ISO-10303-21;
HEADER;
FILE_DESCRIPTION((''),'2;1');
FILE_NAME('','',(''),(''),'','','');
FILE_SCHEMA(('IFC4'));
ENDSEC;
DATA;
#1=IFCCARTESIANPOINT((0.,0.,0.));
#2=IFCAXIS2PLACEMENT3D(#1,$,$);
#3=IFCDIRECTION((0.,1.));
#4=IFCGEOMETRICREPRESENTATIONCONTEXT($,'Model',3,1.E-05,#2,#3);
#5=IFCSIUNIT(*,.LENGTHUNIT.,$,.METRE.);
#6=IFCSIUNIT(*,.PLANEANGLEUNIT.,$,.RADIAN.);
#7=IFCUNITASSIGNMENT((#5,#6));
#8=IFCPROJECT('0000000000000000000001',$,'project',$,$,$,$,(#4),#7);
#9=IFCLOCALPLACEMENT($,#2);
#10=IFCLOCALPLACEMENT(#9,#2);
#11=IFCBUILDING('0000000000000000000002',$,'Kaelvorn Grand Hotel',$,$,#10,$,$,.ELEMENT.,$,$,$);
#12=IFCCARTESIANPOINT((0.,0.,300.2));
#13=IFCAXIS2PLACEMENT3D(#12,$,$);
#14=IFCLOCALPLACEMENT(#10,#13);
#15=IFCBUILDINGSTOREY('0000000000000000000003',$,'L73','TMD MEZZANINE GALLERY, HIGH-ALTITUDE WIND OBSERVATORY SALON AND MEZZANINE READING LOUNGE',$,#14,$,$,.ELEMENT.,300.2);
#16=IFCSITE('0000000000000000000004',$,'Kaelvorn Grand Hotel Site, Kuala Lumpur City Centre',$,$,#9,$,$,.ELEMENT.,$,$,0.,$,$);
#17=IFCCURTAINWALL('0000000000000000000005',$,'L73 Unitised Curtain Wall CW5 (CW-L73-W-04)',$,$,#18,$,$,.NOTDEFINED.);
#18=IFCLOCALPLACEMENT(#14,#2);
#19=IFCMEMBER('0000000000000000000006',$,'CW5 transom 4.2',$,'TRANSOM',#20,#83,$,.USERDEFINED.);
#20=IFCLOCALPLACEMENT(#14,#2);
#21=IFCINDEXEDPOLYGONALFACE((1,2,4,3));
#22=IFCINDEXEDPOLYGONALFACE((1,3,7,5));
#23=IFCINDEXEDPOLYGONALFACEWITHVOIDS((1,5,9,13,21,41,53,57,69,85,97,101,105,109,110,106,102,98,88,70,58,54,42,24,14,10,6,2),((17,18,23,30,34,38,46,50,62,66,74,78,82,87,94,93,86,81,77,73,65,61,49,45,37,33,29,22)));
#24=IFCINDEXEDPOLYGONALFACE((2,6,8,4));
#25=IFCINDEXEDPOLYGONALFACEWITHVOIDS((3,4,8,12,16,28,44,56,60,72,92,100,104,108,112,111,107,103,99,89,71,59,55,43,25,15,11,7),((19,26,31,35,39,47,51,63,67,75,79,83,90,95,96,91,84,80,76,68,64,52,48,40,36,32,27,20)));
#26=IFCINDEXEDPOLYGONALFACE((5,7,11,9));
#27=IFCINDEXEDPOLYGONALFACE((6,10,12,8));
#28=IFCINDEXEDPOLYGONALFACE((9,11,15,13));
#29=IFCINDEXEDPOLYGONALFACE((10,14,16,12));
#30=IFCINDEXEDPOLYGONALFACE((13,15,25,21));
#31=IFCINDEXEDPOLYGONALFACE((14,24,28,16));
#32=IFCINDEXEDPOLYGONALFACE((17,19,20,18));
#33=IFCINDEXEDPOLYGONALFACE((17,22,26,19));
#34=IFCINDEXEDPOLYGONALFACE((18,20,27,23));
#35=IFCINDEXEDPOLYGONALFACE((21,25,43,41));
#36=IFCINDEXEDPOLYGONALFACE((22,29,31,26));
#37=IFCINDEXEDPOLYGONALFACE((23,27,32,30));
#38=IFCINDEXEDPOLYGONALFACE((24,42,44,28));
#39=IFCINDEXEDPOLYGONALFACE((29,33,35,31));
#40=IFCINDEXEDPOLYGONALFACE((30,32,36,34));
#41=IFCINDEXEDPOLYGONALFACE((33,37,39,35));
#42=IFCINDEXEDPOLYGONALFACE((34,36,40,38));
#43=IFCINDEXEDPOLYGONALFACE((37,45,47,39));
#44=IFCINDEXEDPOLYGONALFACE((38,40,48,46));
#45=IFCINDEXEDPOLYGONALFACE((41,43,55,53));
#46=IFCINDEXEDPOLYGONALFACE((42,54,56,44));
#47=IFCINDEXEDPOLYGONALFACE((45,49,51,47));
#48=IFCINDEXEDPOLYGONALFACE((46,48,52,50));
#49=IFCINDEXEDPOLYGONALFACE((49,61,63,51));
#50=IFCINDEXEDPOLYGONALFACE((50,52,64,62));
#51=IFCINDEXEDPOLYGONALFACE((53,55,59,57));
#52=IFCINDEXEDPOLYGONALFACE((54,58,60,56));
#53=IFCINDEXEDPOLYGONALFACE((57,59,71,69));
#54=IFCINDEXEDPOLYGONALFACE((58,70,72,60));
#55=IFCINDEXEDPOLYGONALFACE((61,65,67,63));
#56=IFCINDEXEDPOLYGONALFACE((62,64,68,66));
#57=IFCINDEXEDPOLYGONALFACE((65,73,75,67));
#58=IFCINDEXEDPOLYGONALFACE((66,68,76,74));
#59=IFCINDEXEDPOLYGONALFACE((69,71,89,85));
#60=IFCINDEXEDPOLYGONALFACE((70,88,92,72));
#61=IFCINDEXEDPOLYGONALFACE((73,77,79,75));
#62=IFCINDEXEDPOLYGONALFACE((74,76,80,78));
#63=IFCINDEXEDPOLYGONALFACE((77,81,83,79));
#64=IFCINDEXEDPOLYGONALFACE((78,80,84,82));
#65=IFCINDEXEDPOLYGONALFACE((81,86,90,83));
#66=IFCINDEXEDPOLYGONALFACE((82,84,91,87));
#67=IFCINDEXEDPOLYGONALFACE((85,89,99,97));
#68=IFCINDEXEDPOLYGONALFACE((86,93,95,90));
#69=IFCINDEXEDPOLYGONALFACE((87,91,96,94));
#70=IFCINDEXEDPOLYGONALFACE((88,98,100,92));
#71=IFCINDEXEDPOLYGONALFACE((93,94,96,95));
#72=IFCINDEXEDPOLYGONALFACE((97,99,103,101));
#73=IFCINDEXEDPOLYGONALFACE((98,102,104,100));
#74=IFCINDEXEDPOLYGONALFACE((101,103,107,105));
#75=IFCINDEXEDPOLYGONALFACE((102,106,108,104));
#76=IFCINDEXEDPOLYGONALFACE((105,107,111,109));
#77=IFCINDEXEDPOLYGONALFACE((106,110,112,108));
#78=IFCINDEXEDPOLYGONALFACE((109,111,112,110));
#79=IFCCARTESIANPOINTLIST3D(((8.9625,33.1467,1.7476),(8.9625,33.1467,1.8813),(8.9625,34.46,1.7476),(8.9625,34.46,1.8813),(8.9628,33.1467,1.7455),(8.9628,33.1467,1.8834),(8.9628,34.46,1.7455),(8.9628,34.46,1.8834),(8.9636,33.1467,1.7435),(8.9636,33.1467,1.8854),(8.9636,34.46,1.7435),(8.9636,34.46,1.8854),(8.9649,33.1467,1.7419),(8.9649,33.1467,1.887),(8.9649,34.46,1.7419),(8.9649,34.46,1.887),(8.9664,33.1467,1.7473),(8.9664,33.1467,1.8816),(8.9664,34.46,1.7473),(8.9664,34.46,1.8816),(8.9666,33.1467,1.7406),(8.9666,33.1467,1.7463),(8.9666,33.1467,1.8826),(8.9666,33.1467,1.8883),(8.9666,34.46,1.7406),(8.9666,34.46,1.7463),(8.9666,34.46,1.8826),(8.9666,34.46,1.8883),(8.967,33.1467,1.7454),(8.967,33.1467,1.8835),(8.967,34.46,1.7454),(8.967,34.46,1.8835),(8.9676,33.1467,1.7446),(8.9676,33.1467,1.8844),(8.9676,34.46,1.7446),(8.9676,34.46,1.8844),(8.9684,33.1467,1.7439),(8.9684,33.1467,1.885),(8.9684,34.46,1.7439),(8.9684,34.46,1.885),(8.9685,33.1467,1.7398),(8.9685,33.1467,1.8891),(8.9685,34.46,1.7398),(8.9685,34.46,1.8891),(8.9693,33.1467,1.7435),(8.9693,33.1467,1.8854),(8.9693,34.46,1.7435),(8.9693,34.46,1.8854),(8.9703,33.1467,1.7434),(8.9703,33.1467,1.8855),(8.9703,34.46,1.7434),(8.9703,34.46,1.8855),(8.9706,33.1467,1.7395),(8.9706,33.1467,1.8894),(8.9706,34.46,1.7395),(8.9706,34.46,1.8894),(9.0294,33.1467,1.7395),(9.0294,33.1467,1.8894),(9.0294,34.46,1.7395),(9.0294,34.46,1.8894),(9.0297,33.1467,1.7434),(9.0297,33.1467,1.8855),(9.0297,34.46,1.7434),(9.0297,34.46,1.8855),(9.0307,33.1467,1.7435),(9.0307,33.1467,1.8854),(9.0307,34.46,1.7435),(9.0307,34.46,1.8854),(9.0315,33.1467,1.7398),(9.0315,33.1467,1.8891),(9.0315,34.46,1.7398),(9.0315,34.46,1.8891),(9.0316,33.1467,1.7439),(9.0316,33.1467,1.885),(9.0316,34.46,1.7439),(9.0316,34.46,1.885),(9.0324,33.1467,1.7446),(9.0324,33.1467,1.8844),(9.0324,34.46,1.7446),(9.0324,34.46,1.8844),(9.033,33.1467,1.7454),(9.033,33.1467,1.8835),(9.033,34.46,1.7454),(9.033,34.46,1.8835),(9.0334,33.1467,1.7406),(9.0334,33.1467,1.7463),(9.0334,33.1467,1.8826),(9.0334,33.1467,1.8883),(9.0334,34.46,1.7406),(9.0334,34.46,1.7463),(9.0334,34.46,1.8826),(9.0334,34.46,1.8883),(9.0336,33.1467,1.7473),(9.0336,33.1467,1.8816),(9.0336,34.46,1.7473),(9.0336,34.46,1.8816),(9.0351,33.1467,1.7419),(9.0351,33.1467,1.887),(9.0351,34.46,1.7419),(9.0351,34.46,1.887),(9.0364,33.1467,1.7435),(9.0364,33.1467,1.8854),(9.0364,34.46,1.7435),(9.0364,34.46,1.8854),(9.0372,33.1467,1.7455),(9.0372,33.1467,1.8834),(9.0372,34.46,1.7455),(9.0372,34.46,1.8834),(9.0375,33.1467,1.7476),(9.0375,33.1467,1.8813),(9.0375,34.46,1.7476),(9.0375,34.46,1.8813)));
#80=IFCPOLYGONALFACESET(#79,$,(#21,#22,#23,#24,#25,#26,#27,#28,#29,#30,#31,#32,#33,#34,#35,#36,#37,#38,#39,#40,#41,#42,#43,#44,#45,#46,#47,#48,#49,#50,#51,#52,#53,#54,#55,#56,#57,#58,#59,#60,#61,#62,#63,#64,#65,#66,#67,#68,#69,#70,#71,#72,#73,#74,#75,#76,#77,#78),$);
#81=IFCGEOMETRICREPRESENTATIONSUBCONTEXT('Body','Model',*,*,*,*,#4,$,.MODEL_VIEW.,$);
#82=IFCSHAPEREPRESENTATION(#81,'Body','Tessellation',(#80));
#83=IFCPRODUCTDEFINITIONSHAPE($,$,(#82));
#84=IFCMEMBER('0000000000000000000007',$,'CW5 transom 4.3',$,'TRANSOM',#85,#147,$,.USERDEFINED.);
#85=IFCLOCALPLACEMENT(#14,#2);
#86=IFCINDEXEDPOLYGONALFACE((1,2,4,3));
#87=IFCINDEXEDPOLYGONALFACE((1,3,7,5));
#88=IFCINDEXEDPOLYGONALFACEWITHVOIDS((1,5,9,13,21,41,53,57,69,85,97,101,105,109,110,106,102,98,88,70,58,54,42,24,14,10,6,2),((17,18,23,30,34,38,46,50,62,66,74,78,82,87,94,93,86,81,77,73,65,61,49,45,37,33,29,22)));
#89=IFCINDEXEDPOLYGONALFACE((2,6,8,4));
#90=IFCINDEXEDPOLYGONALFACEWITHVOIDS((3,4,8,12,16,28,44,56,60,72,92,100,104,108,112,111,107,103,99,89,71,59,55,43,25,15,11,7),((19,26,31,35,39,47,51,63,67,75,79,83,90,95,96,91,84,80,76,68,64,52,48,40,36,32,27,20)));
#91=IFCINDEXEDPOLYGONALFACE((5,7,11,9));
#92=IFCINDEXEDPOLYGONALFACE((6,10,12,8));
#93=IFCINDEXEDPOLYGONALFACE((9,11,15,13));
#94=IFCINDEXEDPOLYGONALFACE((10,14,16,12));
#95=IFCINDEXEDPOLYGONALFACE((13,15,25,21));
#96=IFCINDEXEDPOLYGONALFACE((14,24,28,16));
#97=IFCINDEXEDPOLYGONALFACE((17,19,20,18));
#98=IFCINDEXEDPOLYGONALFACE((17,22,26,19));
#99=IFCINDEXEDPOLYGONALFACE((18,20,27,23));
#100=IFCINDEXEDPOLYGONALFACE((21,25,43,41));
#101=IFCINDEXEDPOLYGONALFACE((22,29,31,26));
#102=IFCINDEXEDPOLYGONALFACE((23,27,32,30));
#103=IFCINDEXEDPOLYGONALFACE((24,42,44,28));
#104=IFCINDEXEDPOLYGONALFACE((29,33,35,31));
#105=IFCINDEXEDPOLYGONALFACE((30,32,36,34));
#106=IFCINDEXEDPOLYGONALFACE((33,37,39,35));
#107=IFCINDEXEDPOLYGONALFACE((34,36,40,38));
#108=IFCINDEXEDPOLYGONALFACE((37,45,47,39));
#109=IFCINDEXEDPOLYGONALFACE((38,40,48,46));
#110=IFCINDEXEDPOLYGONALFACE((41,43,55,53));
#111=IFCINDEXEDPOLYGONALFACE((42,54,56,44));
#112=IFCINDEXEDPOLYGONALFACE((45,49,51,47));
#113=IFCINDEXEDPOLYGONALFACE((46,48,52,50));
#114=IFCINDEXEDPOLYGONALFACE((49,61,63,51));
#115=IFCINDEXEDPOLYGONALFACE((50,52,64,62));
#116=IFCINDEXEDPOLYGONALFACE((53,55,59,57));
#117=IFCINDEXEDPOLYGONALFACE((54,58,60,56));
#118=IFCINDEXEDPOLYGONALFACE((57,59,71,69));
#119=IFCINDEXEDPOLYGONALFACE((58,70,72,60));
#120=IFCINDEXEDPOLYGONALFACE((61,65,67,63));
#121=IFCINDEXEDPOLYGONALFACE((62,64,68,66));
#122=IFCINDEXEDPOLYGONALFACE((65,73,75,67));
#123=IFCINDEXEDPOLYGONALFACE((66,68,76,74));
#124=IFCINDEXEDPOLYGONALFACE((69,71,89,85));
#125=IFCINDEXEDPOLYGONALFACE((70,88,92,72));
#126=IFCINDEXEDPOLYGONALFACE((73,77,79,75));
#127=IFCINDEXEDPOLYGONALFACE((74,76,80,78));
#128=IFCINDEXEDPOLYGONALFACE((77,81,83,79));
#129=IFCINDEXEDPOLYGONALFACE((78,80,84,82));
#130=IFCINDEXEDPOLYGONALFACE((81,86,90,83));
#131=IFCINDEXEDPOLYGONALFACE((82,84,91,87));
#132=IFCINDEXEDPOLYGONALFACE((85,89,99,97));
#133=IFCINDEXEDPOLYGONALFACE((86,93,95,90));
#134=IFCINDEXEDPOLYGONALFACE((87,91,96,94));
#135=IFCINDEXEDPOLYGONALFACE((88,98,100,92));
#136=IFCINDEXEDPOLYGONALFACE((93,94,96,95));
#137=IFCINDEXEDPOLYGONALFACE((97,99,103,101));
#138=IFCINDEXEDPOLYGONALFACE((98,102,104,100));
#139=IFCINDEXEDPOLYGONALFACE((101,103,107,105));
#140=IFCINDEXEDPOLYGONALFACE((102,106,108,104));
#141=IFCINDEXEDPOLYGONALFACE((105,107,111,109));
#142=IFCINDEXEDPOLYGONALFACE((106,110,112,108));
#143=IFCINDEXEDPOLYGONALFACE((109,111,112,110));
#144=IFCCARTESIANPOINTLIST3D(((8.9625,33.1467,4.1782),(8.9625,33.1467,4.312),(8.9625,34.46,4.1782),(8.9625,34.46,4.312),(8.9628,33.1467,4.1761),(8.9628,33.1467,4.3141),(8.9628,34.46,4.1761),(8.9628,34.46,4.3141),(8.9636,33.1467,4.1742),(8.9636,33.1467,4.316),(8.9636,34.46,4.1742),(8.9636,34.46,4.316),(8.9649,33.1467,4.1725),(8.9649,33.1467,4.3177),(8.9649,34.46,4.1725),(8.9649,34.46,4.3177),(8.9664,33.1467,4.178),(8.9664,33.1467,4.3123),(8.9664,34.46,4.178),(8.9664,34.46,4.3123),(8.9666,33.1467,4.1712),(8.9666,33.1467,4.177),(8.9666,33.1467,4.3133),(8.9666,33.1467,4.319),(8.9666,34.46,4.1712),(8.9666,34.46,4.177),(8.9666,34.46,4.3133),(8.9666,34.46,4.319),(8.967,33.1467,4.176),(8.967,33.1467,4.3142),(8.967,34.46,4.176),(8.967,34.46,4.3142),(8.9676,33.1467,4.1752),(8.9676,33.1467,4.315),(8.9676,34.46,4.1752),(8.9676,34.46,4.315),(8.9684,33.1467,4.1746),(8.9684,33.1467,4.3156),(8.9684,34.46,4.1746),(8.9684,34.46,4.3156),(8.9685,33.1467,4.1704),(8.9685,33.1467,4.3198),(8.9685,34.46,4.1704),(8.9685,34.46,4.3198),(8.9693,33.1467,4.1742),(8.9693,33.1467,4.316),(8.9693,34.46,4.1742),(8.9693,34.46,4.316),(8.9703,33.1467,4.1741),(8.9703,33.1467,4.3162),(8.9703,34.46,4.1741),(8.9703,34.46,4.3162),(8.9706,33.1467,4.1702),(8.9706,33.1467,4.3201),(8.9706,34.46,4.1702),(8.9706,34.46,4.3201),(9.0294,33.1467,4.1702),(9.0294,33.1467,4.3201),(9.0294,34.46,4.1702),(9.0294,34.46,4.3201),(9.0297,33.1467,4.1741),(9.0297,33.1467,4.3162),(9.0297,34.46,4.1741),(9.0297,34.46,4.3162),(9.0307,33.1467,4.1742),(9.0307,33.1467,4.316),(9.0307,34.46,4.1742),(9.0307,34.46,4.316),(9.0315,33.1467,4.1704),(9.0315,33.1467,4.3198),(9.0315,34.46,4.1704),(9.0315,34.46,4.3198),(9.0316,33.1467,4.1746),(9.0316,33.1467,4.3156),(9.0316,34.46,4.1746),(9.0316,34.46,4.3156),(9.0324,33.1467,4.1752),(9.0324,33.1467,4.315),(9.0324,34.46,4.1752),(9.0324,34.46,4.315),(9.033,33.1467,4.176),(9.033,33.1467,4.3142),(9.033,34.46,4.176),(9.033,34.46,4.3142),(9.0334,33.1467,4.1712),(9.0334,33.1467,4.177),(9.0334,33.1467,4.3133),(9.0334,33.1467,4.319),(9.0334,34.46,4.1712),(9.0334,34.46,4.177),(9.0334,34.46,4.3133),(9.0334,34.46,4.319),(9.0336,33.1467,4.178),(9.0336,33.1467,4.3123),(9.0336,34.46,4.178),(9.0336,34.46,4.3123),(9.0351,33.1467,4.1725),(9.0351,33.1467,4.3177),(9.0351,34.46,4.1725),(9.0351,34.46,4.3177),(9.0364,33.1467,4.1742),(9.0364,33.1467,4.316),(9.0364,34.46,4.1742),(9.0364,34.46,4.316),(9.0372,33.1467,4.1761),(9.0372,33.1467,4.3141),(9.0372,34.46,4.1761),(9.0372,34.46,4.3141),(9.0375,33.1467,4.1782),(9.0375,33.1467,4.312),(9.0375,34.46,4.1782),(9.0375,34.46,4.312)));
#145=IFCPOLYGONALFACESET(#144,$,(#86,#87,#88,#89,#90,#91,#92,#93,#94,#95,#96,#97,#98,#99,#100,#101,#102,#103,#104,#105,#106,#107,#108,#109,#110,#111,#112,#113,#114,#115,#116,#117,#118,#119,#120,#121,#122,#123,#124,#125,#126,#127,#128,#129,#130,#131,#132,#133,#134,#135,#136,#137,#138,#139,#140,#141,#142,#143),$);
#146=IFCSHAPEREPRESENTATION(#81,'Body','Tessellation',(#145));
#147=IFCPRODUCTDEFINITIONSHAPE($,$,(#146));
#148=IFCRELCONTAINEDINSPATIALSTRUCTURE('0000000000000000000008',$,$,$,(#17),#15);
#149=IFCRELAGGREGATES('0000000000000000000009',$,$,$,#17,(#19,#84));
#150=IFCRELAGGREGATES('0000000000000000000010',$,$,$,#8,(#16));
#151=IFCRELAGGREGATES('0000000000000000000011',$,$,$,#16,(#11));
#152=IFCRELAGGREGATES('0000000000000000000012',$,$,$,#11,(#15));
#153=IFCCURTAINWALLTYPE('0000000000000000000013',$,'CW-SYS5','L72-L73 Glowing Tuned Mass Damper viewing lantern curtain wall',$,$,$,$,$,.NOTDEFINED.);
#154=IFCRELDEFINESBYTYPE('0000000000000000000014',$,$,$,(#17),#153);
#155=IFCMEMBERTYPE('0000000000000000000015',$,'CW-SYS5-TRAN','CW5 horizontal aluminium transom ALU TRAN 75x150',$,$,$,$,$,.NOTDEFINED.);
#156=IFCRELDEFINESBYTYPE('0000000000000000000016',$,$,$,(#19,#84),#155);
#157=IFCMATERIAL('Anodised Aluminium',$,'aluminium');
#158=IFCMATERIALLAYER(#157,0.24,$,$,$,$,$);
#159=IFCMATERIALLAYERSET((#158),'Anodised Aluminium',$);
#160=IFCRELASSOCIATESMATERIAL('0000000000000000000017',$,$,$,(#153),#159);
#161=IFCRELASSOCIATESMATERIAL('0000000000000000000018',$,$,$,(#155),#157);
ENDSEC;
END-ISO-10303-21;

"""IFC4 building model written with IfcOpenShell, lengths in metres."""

from ifc_helpers import new_model, si_unit, direction, frame, origin, origin_2d, place, context, subcontext, project, spatial, hollow_rectangle, extrude, material, layer, layer_set, material_profile, profile_set, type_object, element, aggregate, save


model = new_model("IFC4")

# Units and contexts
model_context = context("Model", 3, precision=1e-05, world=origin(), true_north=direction((0.0, 1.0)))
body_context = subcontext(model_context, "Body", "Model", "MODEL_VIEW")
ifc_project = project(units=[si_unit("LENGTHUNIT", "METRE"), si_unit("PLANEANGLEUNIT", "RADIAN")], contexts=[model_context])

# Site, building, storey
site_placement = place(None, origin())
site = spatial("IfcSite", under=ifc_project, at=site_placement, Name="Kaelvorn Grand Hotel Site, Kuala Lumpur City Centre", CompositionType="ELEMENT", RefElevation=0.0)
building_placement = place(site_placement, origin())
building = spatial("IfcBuilding", under=site, at=building_placement, Name="Kaelvorn Grand Hotel", CompositionType="ELEMENT")
storey_placement = place(building_placement, frame((0.0, 0.0, 300.2)))
storey = spatial("IfcBuildingStorey", under=building, at=storey_placement, Name="L73", Description="TMD MEZZANINE GALLERY, HIGH-ALTITUDE WIND OBSERVATORY SALON AND MEZZANINE READING LOUNGE", CompositionType="ELEMENT", Elevation=300.2)

# Curtain wall, members
ifc_material_1 = material(Name="Anodised Aluminium", Category="aluminium")
ifc_layer_1 = layer(ifc_material_1, 0.24)
ifc_layer_set_1 = layer_set([ifc_layer_1], Name="Anodised Aluminium")
curtain_wall_type = type_object("IfcCurtainWallType", Name="CW-SYS5", Description="L72-L73 Glowing Tuned Mass Damper viewing lantern curtain wall", PredefinedType="NOTDEFINED", material=ifc_layer_set_1)
curtain_wall_placement = place(storey_placement, origin())
curtain_wall = element("IfcCurtainWall", 1, at=curtain_wall_placement, inside=storey, type_object=curtain_wall_type, Name="L73 Unitised Curtain Wall CW5 (CW-L73-W-04)", PredefinedType="NOTDEFINED")
ifc_material_profile_1 = material_profile(ifc_material_1, hollow_rectangle(XDim=0.075, YDim=0.1499, WallThickness=0.0039, InnerFilletRadius=0.0039, OuterFilletRadius=0.0081, at=origin_2d()), Name="ALU TRAN 75x150")
ifc_profile_set_1 = profile_set([ifc_material_profile_1], Name="Anodised Aluminium")
member_type_1 = type_object("IfcMemberType", Name="CW-SYS5-TRAN", Description="CW5 horizontal aluminium transom ALU TRAN 75x150", PredefinedType="NOTDEFINED", material=ifc_profile_set_1)
member_1_placement = place(storey_placement, frame((9.0, 34.46, 1.8145), z_axis=(0.0, -1.0, 0.0), x_axis=(1.0, 0.0, 0.0)))
member_1 = element("IfcMember", 2, at=member_1_placement, type_object=member_type_1, Name="CW5 transom 4.2", ObjectType="TRANSOM", PredefinedType="USERDEFINED", context=body_context, shape_type="SweptSolid", body=[
    extrude(hollow_rectangle(XDim=0.075, YDim=0.1499, WallThickness=0.0039, InnerFilletRadius=0.0039, OuterFilletRadius=0.0081, at=origin_2d()), origin(), (0.0, 0.0, 1.0), 1.3132),
])
member_2_placement = place(storey_placement, frame((9.0, 34.46, 4.2451), z_axis=(0.0, -1.0, 0.0), x_axis=(1.0, 0.0, 0.0)))
member_2 = element("IfcMember", 3, at=member_2_placement, type_object=member_type_1, Name="CW5 transom 4.3", ObjectType="TRANSOM", PredefinedType="USERDEFINED", context=body_context, shape_type="SweptSolid", body=[
    extrude(hollow_rectangle(XDim=0.075, YDim=0.1499, WallThickness=0.0039, InnerFilletRadius=0.0039, OuterFilletRadius=0.0081, at=origin_2d()), origin(), (0.0, 0.0, 1.0), 1.3132),
])
aggregate(curtain_wall, [member_1, member_2])

save(model, "model.ifc")
